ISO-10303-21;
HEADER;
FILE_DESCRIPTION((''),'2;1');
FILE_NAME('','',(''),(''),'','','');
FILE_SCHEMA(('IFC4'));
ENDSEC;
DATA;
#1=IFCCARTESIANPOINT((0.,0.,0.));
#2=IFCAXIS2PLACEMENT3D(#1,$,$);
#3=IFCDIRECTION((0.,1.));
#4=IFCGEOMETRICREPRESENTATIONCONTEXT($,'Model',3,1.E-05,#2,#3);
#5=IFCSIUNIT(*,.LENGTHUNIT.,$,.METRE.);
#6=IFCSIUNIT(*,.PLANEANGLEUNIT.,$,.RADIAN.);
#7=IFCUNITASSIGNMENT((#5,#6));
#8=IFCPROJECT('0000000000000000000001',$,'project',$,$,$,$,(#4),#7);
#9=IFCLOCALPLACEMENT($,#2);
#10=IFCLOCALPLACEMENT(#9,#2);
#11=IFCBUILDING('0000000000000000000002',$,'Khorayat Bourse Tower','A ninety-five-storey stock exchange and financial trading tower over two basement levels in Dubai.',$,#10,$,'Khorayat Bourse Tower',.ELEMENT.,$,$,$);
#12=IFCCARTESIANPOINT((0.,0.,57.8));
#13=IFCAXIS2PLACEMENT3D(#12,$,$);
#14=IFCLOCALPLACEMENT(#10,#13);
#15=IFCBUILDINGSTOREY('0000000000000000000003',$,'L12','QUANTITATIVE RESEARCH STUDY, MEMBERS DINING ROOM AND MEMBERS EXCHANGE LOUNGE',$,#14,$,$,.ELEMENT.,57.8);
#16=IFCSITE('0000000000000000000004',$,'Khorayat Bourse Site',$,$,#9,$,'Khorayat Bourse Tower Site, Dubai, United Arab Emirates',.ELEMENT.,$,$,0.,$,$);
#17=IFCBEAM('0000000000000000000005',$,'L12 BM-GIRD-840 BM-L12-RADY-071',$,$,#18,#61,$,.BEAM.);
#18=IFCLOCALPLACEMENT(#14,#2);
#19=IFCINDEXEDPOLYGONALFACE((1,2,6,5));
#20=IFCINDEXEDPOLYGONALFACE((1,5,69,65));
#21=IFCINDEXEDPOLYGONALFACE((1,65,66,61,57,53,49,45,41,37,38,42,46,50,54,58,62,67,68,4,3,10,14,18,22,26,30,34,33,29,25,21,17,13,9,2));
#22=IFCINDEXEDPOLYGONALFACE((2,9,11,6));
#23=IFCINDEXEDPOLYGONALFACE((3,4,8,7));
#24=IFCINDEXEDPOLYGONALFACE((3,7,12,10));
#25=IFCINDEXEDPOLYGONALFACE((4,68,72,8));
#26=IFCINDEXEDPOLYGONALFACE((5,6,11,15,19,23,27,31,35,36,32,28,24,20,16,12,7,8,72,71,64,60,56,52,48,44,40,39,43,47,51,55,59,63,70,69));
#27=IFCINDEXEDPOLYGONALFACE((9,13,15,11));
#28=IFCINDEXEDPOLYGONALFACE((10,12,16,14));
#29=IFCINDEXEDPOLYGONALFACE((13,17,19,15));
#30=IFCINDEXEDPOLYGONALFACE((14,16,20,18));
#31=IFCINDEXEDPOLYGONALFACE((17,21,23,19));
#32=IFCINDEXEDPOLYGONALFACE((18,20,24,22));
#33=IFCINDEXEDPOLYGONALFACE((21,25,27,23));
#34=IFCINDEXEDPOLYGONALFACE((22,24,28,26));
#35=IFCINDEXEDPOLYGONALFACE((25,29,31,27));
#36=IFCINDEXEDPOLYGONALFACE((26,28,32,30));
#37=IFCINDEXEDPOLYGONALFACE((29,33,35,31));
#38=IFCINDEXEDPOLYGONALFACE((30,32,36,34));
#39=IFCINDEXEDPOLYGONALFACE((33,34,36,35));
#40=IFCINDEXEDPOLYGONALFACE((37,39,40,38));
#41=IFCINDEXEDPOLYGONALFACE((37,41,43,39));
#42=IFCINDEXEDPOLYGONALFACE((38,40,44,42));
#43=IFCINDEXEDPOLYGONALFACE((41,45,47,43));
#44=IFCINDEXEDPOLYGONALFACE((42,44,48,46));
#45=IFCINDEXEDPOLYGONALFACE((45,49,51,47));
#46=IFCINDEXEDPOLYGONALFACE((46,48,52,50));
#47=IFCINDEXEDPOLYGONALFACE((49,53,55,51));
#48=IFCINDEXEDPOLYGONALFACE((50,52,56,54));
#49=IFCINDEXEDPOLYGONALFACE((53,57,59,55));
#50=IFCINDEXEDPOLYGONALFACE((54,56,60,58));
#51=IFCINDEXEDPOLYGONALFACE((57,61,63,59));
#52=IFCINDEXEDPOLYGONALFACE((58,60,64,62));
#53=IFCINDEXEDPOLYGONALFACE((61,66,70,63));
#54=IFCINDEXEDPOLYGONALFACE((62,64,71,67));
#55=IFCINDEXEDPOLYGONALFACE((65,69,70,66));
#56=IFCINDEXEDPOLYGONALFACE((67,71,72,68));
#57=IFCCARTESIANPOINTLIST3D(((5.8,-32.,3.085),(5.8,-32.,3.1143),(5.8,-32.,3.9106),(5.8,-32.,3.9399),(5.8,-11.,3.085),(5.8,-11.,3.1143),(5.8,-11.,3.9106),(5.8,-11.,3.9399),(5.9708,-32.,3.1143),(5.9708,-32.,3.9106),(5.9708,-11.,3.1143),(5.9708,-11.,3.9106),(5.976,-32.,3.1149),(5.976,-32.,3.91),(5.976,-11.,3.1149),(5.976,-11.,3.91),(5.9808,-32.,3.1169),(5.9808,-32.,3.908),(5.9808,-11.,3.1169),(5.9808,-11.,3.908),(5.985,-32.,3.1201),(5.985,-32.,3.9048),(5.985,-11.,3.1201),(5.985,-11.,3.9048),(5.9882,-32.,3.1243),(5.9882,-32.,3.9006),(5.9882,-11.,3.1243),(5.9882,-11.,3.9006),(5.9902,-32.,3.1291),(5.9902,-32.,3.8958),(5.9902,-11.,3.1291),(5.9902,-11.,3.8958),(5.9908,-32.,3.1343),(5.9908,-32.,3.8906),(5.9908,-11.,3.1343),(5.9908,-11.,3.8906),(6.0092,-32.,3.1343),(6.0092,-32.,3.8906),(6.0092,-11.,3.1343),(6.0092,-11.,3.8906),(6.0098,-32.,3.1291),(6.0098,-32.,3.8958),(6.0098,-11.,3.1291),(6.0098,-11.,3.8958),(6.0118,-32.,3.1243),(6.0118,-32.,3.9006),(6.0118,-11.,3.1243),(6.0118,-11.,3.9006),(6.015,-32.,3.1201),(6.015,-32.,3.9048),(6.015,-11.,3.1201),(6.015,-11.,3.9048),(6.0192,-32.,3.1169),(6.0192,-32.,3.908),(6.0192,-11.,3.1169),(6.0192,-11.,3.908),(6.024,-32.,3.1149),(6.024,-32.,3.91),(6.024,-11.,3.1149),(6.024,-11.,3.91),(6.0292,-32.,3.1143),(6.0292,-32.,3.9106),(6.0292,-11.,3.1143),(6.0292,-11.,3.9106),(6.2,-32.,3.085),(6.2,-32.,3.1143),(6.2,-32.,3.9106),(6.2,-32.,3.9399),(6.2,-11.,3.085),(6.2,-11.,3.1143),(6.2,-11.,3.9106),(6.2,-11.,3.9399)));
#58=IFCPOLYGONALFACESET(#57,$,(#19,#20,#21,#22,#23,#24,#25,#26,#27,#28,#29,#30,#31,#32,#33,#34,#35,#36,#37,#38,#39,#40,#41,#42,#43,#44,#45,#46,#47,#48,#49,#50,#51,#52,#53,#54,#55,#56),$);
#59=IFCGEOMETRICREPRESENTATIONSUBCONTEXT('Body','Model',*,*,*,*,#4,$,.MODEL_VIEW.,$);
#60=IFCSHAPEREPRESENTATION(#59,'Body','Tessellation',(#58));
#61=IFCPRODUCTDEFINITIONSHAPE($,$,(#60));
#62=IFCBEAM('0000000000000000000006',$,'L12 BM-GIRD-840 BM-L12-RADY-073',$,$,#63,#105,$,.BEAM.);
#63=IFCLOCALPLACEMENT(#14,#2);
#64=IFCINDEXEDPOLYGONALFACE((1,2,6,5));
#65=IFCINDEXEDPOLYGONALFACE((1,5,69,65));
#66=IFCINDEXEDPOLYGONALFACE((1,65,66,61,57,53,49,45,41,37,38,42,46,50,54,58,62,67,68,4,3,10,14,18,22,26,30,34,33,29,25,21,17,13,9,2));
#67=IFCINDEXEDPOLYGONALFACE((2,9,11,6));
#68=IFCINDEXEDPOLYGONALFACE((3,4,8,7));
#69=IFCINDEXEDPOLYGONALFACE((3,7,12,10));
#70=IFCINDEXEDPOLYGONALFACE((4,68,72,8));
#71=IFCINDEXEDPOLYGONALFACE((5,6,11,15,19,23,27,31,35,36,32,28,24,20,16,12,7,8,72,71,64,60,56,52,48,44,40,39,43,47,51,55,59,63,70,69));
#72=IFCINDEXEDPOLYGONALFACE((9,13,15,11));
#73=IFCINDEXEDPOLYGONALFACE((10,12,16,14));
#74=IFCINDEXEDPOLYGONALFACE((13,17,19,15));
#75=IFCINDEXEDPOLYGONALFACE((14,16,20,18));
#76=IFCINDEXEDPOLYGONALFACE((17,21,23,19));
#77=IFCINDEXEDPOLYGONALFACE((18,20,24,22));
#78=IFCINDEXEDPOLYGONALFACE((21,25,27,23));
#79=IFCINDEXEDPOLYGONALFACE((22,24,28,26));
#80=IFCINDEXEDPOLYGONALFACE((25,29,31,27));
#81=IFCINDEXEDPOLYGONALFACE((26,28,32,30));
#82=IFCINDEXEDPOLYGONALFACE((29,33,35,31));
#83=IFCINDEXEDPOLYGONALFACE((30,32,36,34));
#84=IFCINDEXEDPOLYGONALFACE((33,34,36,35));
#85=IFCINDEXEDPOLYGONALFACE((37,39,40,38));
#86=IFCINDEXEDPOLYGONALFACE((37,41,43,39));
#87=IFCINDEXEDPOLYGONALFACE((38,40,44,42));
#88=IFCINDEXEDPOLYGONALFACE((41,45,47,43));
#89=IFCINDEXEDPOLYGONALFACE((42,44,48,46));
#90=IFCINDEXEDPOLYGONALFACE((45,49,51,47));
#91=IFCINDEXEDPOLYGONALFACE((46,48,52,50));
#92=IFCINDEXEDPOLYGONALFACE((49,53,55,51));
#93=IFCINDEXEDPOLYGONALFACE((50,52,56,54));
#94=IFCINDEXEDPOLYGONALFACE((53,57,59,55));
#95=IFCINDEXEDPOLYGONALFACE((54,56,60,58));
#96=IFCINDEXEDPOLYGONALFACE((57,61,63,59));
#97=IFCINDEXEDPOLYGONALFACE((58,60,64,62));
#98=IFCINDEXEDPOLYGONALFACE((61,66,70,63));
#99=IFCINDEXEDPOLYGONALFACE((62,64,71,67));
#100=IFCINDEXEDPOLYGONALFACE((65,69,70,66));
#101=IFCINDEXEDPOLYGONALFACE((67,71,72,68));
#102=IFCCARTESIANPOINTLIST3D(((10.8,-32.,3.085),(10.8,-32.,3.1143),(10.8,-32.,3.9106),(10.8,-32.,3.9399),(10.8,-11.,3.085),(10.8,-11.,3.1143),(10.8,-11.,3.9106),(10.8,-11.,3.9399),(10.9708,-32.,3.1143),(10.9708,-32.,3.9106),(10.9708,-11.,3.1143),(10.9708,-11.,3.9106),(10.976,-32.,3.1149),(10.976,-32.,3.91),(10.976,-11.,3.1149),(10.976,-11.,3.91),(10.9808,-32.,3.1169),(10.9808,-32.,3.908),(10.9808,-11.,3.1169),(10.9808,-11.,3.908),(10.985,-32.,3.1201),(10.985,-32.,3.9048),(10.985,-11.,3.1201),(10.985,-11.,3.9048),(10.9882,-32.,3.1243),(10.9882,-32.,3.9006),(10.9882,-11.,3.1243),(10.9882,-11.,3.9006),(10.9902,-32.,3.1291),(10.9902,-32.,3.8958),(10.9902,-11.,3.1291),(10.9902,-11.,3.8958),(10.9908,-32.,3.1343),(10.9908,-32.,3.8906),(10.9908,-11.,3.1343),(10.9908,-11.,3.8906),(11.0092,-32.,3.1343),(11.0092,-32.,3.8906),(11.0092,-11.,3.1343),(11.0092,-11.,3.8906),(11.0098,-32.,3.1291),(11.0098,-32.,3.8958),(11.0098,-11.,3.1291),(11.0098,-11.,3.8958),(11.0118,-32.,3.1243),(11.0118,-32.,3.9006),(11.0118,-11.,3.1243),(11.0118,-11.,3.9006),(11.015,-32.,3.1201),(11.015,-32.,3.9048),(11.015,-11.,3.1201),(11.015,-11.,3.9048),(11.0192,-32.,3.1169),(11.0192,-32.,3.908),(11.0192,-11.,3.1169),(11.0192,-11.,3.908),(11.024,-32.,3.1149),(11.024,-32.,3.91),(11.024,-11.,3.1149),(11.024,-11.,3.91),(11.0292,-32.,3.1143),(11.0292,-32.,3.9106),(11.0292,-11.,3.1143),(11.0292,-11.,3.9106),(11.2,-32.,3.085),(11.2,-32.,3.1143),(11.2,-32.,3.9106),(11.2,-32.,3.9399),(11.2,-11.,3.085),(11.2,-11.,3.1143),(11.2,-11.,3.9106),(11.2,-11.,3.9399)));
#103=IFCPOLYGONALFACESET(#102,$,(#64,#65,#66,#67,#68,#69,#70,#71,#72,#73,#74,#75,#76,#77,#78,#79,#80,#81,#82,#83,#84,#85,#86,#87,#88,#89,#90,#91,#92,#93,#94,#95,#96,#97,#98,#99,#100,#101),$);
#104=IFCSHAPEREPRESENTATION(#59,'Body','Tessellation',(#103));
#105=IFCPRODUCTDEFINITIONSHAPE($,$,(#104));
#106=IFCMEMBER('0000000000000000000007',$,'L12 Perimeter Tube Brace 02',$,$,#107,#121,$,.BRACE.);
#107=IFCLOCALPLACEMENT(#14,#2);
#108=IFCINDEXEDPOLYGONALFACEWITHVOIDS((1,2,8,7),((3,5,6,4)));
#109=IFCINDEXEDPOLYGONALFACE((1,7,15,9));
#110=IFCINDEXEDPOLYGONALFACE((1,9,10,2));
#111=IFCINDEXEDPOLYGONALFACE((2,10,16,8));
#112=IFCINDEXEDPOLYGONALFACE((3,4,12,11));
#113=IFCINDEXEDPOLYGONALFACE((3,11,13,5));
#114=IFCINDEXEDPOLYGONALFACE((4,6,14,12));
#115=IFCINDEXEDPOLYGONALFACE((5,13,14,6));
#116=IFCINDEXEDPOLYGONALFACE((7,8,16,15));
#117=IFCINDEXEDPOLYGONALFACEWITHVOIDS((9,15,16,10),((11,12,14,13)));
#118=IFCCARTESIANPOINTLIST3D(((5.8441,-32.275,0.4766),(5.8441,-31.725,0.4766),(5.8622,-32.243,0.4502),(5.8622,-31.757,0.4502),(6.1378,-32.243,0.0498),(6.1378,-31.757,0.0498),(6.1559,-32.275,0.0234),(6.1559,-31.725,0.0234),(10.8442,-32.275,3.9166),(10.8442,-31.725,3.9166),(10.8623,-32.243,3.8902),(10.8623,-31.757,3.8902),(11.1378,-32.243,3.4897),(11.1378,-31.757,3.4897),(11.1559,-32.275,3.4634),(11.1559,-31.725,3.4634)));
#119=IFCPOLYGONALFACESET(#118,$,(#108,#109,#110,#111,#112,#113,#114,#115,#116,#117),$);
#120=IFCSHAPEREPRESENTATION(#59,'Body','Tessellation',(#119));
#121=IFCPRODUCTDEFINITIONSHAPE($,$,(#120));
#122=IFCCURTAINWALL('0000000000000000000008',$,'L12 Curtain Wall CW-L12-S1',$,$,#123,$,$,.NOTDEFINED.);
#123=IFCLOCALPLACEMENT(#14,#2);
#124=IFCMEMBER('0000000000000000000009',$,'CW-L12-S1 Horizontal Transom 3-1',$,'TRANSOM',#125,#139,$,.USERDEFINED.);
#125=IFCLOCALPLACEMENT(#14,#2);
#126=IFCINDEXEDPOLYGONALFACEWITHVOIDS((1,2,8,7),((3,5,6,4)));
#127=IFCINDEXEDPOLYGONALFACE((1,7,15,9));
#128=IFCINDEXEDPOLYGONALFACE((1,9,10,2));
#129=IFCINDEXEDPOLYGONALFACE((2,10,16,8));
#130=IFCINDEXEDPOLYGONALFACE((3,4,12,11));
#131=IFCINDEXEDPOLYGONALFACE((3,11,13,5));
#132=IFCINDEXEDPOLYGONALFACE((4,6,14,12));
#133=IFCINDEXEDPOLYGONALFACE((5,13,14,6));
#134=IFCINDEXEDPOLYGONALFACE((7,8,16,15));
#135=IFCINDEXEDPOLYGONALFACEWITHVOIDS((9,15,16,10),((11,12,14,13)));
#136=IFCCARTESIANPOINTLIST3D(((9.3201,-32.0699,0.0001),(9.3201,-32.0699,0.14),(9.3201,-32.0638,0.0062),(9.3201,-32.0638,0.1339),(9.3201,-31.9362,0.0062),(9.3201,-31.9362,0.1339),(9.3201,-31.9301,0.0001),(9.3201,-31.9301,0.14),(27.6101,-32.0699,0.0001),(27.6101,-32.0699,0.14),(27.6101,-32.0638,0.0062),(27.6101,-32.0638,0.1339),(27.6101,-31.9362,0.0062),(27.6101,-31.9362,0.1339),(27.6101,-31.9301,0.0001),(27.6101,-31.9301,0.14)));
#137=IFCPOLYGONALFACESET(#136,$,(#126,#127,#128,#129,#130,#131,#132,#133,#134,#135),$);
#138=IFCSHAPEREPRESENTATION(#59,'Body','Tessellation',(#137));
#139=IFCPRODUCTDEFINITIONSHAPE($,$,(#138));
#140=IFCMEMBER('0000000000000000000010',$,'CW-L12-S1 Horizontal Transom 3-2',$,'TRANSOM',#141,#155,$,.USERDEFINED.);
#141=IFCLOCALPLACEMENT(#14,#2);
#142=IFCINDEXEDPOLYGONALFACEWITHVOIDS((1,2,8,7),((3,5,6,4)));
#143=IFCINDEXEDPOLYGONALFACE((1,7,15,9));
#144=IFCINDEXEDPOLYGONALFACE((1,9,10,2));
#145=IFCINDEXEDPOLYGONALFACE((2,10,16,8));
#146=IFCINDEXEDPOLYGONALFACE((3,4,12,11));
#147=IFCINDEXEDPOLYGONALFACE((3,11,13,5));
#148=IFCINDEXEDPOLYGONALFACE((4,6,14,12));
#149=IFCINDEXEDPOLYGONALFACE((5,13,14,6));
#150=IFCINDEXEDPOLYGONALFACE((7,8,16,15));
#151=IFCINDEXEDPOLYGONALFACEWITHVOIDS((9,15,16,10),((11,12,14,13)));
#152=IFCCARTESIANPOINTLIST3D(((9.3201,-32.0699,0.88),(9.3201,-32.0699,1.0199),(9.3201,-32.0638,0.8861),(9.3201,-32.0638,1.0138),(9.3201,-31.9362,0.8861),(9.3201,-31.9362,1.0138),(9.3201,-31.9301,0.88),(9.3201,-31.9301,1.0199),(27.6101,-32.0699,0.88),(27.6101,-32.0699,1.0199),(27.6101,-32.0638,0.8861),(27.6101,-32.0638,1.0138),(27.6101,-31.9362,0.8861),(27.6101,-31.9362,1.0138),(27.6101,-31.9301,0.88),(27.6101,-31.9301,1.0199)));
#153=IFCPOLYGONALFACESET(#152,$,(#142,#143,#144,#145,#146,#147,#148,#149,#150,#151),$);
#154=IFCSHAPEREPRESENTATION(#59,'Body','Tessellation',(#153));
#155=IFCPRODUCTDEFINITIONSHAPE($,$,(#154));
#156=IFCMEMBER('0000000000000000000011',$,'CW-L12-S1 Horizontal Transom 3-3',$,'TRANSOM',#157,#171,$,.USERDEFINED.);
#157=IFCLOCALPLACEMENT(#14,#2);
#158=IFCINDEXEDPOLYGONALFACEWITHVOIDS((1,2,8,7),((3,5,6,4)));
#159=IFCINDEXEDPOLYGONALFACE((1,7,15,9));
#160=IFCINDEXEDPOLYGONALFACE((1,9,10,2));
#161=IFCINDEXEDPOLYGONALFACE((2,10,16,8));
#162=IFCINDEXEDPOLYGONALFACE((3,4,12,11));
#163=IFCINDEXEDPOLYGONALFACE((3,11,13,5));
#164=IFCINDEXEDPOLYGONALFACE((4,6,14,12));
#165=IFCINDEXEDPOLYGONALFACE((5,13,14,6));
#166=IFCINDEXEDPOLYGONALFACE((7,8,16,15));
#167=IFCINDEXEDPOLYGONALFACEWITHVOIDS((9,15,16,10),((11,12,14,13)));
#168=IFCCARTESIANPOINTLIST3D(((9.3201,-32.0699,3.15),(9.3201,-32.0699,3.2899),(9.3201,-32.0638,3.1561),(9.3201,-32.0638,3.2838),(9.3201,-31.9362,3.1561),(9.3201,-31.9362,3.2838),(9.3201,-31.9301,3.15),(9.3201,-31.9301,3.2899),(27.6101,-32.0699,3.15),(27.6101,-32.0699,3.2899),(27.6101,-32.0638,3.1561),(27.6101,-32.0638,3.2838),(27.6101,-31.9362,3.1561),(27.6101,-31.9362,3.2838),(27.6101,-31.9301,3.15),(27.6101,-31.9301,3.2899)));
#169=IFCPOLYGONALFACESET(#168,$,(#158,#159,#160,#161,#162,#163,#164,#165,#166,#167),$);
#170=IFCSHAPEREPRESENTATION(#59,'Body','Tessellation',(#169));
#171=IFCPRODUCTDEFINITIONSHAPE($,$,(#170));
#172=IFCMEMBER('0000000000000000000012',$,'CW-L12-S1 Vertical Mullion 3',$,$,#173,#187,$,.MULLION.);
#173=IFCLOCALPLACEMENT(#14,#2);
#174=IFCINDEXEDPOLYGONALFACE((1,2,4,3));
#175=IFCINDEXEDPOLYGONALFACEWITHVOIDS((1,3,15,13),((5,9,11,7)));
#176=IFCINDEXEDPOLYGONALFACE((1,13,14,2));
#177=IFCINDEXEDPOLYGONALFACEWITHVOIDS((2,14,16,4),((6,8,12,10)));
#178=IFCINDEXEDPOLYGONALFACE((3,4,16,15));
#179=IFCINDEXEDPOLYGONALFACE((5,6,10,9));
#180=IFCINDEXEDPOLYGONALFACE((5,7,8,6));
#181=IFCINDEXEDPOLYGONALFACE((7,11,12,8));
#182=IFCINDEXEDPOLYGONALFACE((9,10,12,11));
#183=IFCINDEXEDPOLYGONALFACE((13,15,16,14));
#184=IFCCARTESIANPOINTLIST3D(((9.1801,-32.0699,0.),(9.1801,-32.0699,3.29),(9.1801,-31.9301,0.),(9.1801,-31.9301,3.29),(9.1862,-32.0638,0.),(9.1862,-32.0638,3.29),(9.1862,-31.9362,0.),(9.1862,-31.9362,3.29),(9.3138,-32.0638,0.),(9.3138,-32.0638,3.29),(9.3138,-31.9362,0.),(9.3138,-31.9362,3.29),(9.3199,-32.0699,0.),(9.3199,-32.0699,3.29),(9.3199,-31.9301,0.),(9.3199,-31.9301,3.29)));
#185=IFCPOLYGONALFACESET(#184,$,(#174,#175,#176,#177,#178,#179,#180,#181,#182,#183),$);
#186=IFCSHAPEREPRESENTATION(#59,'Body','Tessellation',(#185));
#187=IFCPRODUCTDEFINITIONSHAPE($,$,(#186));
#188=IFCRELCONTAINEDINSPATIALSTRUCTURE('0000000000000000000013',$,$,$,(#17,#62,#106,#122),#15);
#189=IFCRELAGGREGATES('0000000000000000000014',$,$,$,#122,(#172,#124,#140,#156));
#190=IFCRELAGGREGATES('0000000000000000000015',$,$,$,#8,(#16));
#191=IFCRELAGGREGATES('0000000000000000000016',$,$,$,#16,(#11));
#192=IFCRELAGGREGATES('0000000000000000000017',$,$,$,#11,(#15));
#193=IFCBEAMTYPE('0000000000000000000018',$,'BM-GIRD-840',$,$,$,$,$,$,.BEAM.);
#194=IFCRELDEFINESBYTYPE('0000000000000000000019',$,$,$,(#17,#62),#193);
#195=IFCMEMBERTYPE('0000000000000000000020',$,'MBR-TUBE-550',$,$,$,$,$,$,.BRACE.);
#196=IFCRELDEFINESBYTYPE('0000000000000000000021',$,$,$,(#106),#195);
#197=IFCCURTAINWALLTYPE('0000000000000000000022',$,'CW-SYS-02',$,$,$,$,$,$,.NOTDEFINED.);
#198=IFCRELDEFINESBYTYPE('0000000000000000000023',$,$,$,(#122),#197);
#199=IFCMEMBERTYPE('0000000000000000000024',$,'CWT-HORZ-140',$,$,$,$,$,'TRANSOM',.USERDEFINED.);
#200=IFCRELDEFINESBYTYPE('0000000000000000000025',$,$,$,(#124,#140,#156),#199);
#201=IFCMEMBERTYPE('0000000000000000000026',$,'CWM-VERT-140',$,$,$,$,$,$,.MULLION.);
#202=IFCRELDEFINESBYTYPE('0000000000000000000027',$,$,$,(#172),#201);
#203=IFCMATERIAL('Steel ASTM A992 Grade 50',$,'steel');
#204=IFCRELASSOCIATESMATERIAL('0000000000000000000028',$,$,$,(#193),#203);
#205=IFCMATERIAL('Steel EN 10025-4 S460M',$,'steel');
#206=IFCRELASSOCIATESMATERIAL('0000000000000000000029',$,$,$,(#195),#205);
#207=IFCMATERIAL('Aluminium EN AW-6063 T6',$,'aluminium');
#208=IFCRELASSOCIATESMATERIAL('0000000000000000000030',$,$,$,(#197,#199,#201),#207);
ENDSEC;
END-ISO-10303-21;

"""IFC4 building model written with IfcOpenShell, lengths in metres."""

from ifc_helpers import new_model, si_unit, direction, frame, origin, origin_2d, place, context, subcontext, project, spatial, hollow_rectangle, i_section, extrude, source, transform, mapped, material, material_profile, profile_set, type_object, element, aggregate, save


model = new_model("IFC4")

# Units and contexts
model_context = context("Model", 3, precision=1e-05, world=origin(), true_north=direction((0.0, 1.0)))
body_context = subcontext(model_context, "Body", "Model", "MODEL_VIEW")
ifc_project = project(units=[si_unit("LENGTHUNIT", "METRE"), si_unit("PLANEANGLEUNIT", "RADIAN")], contexts=[model_context])

# Site, building, storey
site_placement = place(None, origin())
site = spatial("IfcSite", under=ifc_project, at=site_placement, Name="Khorayat Bourse Site", LongName="Khorayat Bourse Tower Site, Dubai, United Arab Emirates", CompositionType="ELEMENT", RefElevation=0.0)
building_placement = place(site_placement, origin())
building = spatial("IfcBuilding", under=site, at=building_placement, Name="Khorayat Bourse Tower", Description="A ninety-five-storey stock exchange and financial trading tower over two basement levels in Dubai.", LongName="Khorayat Bourse Tower", CompositionType="ELEMENT")
storey_placement = place(building_placement, frame((0.0, 0.0, 57.8)))
storey = spatial("IfcBuildingStorey", under=building, at=storey_placement, Name="L12", Description="QUANTITATIVE RESEARCH STUDY, MEMBERS DINING ROOM AND MEMBERS EXCHANGE LOUNGE", CompositionType="ELEMENT", Elevation=57.8)

# Shared definitions
ifc_material_1 = material(Name="Steel EN 10025-4 S460M", Category="steel")

# Beams
ifc_material_2 = material(Name="Steel ASTM A992 Grade 50", Category="steel")
ifc_material_profile_1 = material_profile(ifc_material_2, i_section(OverallWidth=0.3999, OverallDepth=0.855, WebThickness=0.0183, FlangeThickness=0.0293, FilletRadius=0.02, at=origin_2d()), Name="W840X299")
ifc_profile_set_1 = profile_set([ifc_material_profile_1], Name="Steel ASTM A992 Grade 50")
beam_type_1 = type_object("IfcBeamType", Name="BM-GIRD-840", PredefinedType="BEAM", material=ifc_profile_set_1)
shared_shape_1 = source(origin(), body_context, "Body", "SweptSolid", [
    extrude(i_section(OverallWidth=0.3999, OverallDepth=0.855, WebThickness=0.0183, FlangeThickness=0.0293, FilletRadius=0.02, at=origin_2d()), origin(), (0.0, 0.0, 1.0), 21.0),
])
for number, where, z_axis, x_axis, name in (
    (1, (6.0, -32.0, 3.5125), (0.0, 1.0, 0.0), (-1.0, 0.0, 0.0), "L12 BM-GIRD-840 BM-L12-RADY-071"),
    (2, (11.0, -32.0, 3.5125), (0.0, 1.0, 0.0), (-1.0, 0.0, 0.0), "L12 BM-GIRD-840 BM-L12-RADY-073"),
):
    element("IfcBeam", number, at=place(storey_placement, frame(where, z_axis=z_axis, x_axis=x_axis)), inside=storey, type_object=beam_type_1, Name=name, PredefinedType="BEAM", context=body_context, shape_type="MappedRepresentation", body=[
        mapped(shared_shape_1, transform((0.0, 0.0, 0.0), scale=1.0)),
    ])

# Member
ifc_material_profile_2 = material_profile(ifc_material_1, hollow_rectangle(XDim=0.55, YDim=0.55, WallThickness=0.032, at=origin_2d()), Name="HSS 550x550x32")
ifc_profile_set_2 = profile_set([ifc_material_profile_2], Name="Steel EN 10025-4 S460M")
member_type_1 = type_object("IfcMemberType", Name="MBR-TUBE-550", PredefinedType="BRACE", material=ifc_profile_set_2)
shared_shape_2 = source(origin(), body_context, "Body", "SweptSolid", [
    extrude(hollow_rectangle(XDim=0.55, YDim=0.55, WallThickness=0.032, at=origin_2d()), origin(), (0.0, 0.0, 1.0), 6.0691),
])
member_1_placement = place(storey_placement, frame((6.0, -32.0, 0.25), z_axis=(0.823854, 0.0, 0.566802), x_axis=(0.0, 1.0, 0.0)))
element("IfcMember", 3, at=member_1_placement, inside=storey, type_object=member_type_1, Name="L12 Perimeter Tube Brace 02", PredefinedType="BRACE", context=body_context, shape_type="MappedRepresentation", body=[
    mapped(shared_shape_2, transform((0.0, 0.0, 0.0), scale=1.0)),
])

# Curtain wall, members
ifc_material_3 = material(Name="Aluminium EN AW-6063 T6", Category="aluminium")
curtain_wall_type = type_object("IfcCurtainWallType", Name="CW-SYS-02", PredefinedType="NOTDEFINED", material=ifc_material_3)
curtain_wall_placement = place(storey_placement, origin())
curtain_wall = element("IfcCurtainWall", 4, at=curtain_wall_placement, inside=storey, type_object=curtain_wall_type, Name="L12 Curtain Wall CW-L12-S1", PredefinedType="NOTDEFINED")
ifc_material_profile_3 = material_profile(ifc_material_3, hollow_rectangle(XDim=0.1399, YDim=0.1399, WallThickness=0.0061, at=origin_2d()), Name="ALU 140x140x6")
ifc_profile_set_3 = profile_set([ifc_material_profile_3], Name="Aluminium EN AW-6063 T6")
member_type_2 = type_object("IfcMemberType", Name="CWT-HORZ-140", ElementType="TRANSOM", PredefinedType="USERDEFINED", material=ifc_profile_set_3)
shared_shape_3 = source(origin(), body_context, "Body", "SweptSolid", [
    extrude(hollow_rectangle(XDim=0.1399, YDim=0.1399, WallThickness=0.0061, at=origin_2d()), origin(), (0.0, 0.0, 1.0), 18.29),
])
member_2_placement = place(storey_placement, frame((9.3201, -32.0, 0.0701), z_axis=(1.0, 0.0, 0.0), x_axis=(0.0, 1.0, 0.0)))
member_2 = element("IfcMember", 5, at=member_2_placement, type_object=member_type_2, Name="CW-L12-S1 Horizontal Transom 3-1", ObjectType="TRANSOM", PredefinedType="USERDEFINED", context=body_context, shape_type="MappedRepresentation", body=[
    mapped(shared_shape_3, transform((0.0, 0.0, 0.0), scale=1.0)),
])
member_3_placement = place(storey_placement, frame((9.3201, -32.0, 0.95), z_axis=(1.0, 0.0, 0.0), x_axis=(0.0, 1.0, 0.0)))
member_3 = element("IfcMember", 6, at=member_3_placement, type_object=member_type_2, Name="CW-L12-S1 Horizontal Transom 3-2", ObjectType="TRANSOM", PredefinedType="USERDEFINED", context=body_context, shape_type="MappedRepresentation", body=[
    mapped(shared_shape_3, transform((0.0, 0.0, 0.0), scale=1.0)),
])
member_4_placement = place(storey_placement, frame((9.3201, -32.0, 3.22), z_axis=(1.0, 0.0, 0.0), x_axis=(0.0, 1.0, 0.0)))
member_4 = element("IfcMember", 7, at=member_4_placement, type_object=member_type_2, Name="CW-L12-S1 Horizontal Transom 3-3", ObjectType="TRANSOM", PredefinedType="USERDEFINED", context=body_context, shape_type="MappedRepresentation", body=[
    mapped(shared_shape_3, transform((0.0, 0.0, 0.0), scale=1.0)),
])
ifc_material_profile_4 = material_profile(ifc_material_3, hollow_rectangle(XDim=0.1399, YDim=0.1399, WallThickness=0.0061, at=origin_2d()), Name="ALU 140x140x6")
ifc_profile_set_4 = profile_set([ifc_material_profile_4], Name="Aluminium EN AW-6063 T6")
member_type_3 = type_object("IfcMemberType", Name="CWM-VERT-140", PredefinedType="MULLION", material=ifc_profile_set_4)
shared_shape_4 = source(origin(), body_context, "Body", "SweptSolid", [
    extrude(hollow_rectangle(XDim=0.1399, YDim=0.1399, WallThickness=0.0061, at=origin_2d()), origin(), (0.0, 0.0, 1.0), 3.29),
])
member_5_placement = place(storey_placement, frame((9.25, -32.0, 0.0), z_axis=(0.0, 0.0, 1.0), x_axis=(0.0, 1.0, 0.0)))
member_5 = element("IfcMember", 8, at=member_5_placement, type_object=member_type_3, Name="CW-L12-S1 Vertical Mullion 3", PredefinedType="MULLION", context=body_context, shape_type="MappedRepresentation", body=[
    mapped(shared_shape_4, transform((0.0, 0.0, 0.0), scale=1.0)),
])

aggregate(curtain_wall, [member_5, member_2, member_3, member_4])

save(model, "model.ifc")
